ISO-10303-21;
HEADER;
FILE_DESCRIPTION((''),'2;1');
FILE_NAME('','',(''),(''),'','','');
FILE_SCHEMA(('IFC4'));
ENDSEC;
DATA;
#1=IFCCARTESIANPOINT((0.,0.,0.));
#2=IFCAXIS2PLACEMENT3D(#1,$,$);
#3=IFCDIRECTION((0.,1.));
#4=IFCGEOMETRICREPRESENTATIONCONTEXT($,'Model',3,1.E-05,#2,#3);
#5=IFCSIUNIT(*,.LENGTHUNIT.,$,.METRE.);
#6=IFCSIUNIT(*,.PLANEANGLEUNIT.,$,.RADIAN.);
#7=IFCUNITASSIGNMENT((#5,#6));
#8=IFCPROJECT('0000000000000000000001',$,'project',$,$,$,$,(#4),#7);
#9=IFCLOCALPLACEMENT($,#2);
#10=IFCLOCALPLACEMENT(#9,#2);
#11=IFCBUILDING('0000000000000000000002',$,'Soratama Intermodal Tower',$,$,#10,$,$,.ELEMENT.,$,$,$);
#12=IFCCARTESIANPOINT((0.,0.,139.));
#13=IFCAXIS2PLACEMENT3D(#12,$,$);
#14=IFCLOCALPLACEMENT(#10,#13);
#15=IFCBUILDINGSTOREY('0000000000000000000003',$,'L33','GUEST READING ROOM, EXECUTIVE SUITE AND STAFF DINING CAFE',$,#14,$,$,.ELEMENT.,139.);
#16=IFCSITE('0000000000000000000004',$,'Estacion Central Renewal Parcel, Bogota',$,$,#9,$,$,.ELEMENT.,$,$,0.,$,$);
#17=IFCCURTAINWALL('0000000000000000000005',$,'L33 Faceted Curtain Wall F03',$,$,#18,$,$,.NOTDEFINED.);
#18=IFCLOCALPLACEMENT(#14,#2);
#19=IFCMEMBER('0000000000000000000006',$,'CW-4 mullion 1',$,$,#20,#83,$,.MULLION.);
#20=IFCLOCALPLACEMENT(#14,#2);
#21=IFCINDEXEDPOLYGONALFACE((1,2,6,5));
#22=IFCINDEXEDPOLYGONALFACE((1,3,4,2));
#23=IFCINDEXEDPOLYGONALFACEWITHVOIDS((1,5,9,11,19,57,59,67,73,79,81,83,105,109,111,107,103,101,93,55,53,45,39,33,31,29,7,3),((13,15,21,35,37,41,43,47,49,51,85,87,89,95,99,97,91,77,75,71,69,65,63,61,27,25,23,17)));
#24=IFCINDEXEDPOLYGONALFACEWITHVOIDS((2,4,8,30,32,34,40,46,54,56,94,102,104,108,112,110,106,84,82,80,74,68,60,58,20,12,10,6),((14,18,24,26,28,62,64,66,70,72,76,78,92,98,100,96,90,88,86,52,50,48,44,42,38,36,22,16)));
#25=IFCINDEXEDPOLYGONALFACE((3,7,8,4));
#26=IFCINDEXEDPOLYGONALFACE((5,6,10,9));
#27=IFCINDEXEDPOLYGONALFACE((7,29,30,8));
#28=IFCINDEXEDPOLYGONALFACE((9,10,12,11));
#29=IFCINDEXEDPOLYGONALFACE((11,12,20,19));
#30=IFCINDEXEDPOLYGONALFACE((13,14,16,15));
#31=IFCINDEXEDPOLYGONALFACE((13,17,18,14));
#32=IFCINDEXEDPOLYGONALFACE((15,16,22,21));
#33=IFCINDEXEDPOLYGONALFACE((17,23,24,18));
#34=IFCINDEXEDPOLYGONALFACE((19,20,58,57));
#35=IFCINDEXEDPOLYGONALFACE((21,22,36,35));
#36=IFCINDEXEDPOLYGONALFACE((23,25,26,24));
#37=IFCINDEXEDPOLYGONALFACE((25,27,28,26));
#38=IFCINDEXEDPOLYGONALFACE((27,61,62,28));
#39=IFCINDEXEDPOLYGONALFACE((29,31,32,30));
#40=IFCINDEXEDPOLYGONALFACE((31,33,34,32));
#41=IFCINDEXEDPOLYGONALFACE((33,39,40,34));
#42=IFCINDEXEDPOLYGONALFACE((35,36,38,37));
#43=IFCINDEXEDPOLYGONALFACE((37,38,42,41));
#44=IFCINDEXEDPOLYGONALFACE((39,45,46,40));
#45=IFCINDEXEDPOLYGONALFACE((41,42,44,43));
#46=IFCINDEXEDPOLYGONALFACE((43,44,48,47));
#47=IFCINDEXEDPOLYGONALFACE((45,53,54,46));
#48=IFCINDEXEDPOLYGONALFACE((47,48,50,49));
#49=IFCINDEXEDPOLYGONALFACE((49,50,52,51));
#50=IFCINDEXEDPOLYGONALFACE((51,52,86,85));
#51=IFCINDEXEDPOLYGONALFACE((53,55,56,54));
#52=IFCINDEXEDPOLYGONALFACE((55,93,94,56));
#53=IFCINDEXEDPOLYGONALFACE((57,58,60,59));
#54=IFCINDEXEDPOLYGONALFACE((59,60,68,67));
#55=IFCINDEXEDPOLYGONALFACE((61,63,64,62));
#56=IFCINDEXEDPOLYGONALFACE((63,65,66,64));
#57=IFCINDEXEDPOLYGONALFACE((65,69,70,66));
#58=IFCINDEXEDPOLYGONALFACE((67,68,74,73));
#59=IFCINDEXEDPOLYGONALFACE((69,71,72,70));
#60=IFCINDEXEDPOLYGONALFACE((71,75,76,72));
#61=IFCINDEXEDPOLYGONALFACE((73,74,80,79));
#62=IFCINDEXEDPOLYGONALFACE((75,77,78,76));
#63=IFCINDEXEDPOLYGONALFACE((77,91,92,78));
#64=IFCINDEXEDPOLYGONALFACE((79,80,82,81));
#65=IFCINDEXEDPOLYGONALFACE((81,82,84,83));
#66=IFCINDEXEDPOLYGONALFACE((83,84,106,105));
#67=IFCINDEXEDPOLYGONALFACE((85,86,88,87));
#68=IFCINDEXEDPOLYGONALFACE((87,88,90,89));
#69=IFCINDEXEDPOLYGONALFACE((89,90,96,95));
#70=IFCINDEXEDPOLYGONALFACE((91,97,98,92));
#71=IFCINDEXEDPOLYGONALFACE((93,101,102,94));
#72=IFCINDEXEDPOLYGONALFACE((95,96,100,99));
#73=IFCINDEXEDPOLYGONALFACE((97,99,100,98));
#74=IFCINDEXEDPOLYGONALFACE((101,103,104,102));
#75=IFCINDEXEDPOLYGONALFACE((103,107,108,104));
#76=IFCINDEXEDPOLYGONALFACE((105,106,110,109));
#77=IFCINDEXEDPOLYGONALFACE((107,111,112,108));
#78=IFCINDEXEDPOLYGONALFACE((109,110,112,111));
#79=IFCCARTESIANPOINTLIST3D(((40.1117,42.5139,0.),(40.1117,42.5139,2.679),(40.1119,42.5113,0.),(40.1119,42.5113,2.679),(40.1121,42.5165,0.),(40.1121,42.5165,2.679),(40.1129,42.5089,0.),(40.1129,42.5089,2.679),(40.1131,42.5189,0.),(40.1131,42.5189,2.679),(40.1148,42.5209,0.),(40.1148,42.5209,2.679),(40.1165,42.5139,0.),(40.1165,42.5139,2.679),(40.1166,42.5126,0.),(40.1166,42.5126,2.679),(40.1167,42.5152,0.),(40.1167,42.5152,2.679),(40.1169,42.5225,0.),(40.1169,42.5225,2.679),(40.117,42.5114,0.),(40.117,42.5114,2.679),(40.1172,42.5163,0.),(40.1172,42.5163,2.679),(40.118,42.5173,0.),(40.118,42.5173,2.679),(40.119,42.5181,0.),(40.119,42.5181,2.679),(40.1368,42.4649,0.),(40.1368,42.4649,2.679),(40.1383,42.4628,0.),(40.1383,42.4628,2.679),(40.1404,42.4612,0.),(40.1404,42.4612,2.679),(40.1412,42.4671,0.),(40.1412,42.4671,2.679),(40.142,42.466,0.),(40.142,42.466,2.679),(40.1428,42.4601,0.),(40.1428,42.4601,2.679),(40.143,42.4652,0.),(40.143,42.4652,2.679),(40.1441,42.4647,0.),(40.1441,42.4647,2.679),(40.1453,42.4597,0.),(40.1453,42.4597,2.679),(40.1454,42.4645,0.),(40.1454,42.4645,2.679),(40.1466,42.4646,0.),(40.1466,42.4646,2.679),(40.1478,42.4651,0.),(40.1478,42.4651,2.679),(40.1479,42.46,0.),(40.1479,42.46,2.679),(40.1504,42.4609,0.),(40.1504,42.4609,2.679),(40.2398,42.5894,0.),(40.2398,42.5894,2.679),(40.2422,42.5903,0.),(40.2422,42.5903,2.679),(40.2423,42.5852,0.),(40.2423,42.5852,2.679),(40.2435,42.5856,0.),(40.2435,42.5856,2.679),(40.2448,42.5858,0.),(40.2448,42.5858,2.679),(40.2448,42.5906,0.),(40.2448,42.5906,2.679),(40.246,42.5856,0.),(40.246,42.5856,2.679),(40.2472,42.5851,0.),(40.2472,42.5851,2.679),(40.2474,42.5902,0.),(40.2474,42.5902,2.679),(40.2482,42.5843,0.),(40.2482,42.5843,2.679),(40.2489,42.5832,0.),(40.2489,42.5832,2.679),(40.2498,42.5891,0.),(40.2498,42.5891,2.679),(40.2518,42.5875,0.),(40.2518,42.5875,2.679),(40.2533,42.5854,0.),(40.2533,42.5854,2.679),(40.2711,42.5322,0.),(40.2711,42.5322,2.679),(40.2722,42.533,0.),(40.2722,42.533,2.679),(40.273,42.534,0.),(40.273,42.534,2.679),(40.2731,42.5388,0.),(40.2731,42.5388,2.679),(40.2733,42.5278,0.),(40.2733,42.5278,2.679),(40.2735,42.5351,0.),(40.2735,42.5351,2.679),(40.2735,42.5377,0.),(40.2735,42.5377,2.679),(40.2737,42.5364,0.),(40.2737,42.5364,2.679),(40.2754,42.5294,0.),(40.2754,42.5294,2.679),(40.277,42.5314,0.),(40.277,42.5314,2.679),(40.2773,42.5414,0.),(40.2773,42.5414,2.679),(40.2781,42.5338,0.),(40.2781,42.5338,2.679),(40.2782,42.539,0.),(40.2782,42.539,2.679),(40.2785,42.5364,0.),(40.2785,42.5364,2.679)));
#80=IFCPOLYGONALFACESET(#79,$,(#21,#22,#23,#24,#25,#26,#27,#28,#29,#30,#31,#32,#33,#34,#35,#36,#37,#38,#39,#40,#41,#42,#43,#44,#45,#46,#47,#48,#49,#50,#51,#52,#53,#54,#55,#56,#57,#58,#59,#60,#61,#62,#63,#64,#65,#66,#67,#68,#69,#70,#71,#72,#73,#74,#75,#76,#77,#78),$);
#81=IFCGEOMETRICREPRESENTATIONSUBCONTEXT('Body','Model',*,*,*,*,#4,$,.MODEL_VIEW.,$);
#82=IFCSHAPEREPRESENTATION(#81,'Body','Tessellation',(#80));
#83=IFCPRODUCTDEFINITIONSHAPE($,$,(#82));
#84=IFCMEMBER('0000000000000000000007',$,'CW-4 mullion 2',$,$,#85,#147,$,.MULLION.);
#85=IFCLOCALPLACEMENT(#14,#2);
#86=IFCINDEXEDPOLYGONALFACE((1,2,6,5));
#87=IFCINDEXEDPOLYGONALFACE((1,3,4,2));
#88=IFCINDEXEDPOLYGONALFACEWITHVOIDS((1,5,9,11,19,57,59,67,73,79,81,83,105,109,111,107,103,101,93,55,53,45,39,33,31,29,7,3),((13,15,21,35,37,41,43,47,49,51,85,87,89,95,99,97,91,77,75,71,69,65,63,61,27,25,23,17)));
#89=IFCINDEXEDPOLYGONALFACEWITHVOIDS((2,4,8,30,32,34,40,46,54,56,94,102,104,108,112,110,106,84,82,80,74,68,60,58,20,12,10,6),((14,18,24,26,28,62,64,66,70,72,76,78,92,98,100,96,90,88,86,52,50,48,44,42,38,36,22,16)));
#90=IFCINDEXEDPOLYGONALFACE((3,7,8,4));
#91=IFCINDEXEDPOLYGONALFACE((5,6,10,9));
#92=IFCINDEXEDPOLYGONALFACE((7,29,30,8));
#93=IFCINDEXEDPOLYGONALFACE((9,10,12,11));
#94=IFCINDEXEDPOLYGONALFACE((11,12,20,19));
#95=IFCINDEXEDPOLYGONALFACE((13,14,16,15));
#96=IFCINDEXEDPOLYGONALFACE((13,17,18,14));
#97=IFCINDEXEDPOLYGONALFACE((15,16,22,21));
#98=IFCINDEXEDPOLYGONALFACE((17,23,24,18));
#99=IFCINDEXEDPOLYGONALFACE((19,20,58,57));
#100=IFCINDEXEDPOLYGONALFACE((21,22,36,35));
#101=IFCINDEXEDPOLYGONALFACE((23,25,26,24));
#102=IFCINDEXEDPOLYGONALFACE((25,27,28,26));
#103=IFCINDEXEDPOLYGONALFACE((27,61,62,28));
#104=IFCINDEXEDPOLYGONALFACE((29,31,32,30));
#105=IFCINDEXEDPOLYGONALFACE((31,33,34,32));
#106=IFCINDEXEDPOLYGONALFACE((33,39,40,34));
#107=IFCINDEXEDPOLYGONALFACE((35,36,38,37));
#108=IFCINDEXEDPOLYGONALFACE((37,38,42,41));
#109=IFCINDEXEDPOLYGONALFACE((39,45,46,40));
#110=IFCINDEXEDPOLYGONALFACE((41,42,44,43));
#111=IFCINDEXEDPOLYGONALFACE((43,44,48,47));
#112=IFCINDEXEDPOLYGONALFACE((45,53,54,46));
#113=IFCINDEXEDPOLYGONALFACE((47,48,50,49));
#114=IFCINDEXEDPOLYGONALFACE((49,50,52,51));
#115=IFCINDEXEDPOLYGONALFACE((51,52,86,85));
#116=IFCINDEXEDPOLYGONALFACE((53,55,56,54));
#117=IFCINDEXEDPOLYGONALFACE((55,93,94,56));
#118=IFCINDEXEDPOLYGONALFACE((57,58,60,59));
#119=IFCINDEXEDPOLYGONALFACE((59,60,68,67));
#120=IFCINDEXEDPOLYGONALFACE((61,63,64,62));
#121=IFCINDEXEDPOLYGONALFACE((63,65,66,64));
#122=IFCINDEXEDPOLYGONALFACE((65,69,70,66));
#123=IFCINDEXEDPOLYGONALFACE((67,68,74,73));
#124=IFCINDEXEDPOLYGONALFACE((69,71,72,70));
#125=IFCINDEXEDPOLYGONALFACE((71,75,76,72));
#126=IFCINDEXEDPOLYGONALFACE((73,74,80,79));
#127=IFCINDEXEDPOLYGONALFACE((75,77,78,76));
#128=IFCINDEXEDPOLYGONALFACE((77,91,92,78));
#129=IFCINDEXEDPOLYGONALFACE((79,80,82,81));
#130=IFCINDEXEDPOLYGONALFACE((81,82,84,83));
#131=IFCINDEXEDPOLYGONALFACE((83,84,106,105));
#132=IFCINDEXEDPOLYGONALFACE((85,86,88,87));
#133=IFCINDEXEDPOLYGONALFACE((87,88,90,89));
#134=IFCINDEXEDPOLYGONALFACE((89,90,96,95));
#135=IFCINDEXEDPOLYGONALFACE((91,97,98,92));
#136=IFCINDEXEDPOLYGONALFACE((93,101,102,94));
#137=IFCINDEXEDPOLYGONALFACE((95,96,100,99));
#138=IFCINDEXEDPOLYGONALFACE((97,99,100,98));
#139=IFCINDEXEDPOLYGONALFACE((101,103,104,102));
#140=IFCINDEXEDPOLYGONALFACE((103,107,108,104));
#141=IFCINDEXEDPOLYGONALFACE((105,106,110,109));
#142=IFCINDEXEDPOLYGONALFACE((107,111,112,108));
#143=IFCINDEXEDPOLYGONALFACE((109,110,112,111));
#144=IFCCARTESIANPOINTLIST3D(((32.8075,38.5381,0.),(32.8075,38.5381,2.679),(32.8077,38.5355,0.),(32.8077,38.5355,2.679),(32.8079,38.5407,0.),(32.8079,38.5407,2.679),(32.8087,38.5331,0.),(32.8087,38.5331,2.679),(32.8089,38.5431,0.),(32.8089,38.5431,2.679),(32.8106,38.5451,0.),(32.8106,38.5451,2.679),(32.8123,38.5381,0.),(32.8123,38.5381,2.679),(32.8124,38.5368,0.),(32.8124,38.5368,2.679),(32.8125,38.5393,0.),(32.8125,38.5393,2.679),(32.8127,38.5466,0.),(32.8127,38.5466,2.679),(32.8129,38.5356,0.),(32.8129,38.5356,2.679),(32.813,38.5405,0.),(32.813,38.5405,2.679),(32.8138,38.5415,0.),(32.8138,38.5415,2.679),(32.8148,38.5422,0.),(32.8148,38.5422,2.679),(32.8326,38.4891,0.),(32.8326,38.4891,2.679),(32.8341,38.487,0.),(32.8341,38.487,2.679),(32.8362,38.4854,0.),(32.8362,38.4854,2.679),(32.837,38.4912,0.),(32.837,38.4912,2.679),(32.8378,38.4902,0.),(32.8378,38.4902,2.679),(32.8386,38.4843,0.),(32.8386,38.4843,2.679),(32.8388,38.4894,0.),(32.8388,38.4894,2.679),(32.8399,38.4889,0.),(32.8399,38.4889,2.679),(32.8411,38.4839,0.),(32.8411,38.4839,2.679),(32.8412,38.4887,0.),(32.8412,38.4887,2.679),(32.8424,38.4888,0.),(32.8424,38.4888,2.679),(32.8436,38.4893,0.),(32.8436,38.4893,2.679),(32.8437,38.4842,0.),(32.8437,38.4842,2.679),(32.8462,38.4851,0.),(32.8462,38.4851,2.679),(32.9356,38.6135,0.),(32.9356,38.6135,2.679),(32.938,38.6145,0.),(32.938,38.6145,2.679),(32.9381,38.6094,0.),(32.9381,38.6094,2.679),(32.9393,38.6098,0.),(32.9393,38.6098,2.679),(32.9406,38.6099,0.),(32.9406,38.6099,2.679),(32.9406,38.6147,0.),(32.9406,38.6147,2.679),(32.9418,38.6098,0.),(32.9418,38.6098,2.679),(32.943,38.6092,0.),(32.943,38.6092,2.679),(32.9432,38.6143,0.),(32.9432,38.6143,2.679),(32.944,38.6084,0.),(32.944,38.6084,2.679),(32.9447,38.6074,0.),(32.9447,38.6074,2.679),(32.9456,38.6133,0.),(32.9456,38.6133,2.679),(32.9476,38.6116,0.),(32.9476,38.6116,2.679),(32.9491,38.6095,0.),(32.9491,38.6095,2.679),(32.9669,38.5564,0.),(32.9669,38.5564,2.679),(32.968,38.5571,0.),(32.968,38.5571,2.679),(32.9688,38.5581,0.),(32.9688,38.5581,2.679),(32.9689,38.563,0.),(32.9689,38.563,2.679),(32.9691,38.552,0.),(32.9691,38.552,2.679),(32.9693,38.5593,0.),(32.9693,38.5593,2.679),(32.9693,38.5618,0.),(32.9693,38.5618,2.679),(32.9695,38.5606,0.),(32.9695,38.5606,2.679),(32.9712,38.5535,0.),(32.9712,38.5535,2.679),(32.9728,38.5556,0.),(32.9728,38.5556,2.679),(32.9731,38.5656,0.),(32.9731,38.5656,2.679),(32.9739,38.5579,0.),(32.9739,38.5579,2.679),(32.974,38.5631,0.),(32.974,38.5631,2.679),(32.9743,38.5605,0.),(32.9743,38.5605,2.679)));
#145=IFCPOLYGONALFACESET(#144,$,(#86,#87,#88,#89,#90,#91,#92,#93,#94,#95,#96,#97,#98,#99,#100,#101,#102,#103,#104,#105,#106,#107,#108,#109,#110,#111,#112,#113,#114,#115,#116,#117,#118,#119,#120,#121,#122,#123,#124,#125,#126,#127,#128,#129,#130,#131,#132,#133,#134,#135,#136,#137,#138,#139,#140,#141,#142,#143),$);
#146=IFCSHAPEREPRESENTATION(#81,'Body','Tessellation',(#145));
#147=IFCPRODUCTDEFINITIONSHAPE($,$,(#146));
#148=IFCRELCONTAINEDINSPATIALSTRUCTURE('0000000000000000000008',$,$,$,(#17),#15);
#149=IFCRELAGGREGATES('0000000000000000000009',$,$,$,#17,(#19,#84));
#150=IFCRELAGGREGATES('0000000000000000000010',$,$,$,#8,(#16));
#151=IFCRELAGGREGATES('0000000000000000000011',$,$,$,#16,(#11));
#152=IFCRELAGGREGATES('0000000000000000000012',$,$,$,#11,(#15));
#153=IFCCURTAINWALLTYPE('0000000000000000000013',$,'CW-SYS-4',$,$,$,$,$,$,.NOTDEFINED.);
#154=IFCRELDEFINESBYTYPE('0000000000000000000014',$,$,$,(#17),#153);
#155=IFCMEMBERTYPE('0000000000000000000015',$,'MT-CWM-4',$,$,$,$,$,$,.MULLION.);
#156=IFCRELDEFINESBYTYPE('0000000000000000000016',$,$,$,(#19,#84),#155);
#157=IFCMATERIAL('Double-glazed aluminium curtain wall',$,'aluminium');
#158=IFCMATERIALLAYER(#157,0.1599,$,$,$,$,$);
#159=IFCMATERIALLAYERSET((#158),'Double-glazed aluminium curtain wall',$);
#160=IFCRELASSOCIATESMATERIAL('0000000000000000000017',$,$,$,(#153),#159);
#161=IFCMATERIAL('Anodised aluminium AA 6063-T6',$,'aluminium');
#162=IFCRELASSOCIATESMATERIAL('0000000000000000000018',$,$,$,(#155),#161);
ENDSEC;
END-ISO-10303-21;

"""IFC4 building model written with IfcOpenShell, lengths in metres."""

from ifc_helpers import new_model, si_unit, direction, frame, origin, origin_2d, place, context, subcontext, project, spatial, hollow_rectangle, extrude, material, layer, layer_set, material_profile, profile_set, type_object, element, aggregate, save


model = new_model("IFC4")

# Units and contexts
model_context = context("Model", 3, precision=1e-05, world=origin(), true_north=direction((0.0, 1.0)))
body_context = subcontext(model_context, "Body", "Model", "MODEL_VIEW")
ifc_project = project(units=[si_unit("LENGTHUNIT", "METRE"), si_unit("PLANEANGLEUNIT", "RADIAN")], contexts=[model_context])

# Site, building, storey
site_placement = place(None, origin())
site = spatial("IfcSite", under=ifc_project, at=site_placement, Name="Estacion Central Renewal Parcel, Bogota", CompositionType="ELEMENT", RefElevation=0.0)
building_placement = place(site_placement, origin())
building = spatial("IfcBuilding", under=site, at=building_placement, Name="Soratama Intermodal Tower", CompositionType="ELEMENT")
storey_placement = place(building_placement, frame((0.0, 0.0, 139.0)))
storey = spatial("IfcBuildingStorey", under=building, at=storey_placement, Name="L33", Description="GUEST READING ROOM, EXECUTIVE SUITE AND STAFF DINING CAFE", CompositionType="ELEMENT", Elevation=139.0)

# Curtain wall, members
ifc_material_1 = material(Name="Double-glazed aluminium curtain wall", Category="aluminium")
ifc_layer_1 = layer(ifc_material_1, 0.1599)
ifc_layer_set_1 = layer_set([ifc_layer_1], Name="Double-glazed aluminium curtain wall")
curtain_wall_type = type_object("IfcCurtainWallType", Name="CW-SYS-4", PredefinedType="NOTDEFINED", material=ifc_layer_set_1)
curtain_wall_1_placement = place(storey_placement, origin())
curtain_wall_1 = element("IfcCurtainWall", 1, at=curtain_wall_1_placement, inside=storey, type_object=curtain_wall_type, Name="L33 Faceted Curtain Wall F03", PredefinedType="NOTDEFINED")
ifc_material_2 = material(Name="Anodised aluminium AA 6063-T6", Category="aluminium")
ifc_material_profile_1 = material_profile(ifc_material_2, hollow_rectangle(XDim=0.0701, YDim=0.1599, WallThickness=0.0049, InnerFilletRadius=0.0049, OuterFilletRadius=0.01, at=origin_2d()), Name="CWM160X70X5")
ifc_profile_set_1 = profile_set([ifc_material_profile_1], Name="Anodised aluminium AA 6063-T6")
member_type_1 = type_object("IfcMemberType", Name="MT-CWM-4", PredefinedType="MULLION", material=ifc_profile_set_1)
member_1_placement = place(storey_placement, frame((40.1951, 42.5251, 0.0), z_axis=(0.0, 0.0, 1.0), x_axis=(0.478083, -0.878315, 0.0)))
member_1 = element("IfcMember", 2, at=member_1_placement, type_object=member_type_1, Name="CW-4 mullion 1", PredefinedType="MULLION", context=body_context, shape_type="SweptSolid", body=[
    extrude(hollow_rectangle(XDim=0.0701, YDim=0.1599, WallThickness=0.0049, InnerFilletRadius=0.0049, OuterFilletRadius=0.01, at=origin_2d()), origin(), (0.0, 0.0, 1.0), 2.679),
])
member_2_placement = place(storey_placement, frame((32.8909, 38.5493, 0.0), z_axis=(0.0, 0.0, 1.0), x_axis=(0.478083, -0.878315, 0.0)))
member_2 = element("IfcMember", 3, at=member_2_placement, type_object=member_type_1, Name="CW-4 mullion 2", PredefinedType="MULLION", context=body_context, shape_type="SweptSolid", body=[
    extrude(hollow_rectangle(XDim=0.0701, YDim=0.1599, WallThickness=0.0049, InnerFilletRadius=0.0049, OuterFilletRadius=0.01, at=origin_2d()), origin(), (0.0, 0.0, 1.0), 2.679),
])

aggregate(curtain_wall_1, [member_1, member_2])

save(model, "model.ifc")
